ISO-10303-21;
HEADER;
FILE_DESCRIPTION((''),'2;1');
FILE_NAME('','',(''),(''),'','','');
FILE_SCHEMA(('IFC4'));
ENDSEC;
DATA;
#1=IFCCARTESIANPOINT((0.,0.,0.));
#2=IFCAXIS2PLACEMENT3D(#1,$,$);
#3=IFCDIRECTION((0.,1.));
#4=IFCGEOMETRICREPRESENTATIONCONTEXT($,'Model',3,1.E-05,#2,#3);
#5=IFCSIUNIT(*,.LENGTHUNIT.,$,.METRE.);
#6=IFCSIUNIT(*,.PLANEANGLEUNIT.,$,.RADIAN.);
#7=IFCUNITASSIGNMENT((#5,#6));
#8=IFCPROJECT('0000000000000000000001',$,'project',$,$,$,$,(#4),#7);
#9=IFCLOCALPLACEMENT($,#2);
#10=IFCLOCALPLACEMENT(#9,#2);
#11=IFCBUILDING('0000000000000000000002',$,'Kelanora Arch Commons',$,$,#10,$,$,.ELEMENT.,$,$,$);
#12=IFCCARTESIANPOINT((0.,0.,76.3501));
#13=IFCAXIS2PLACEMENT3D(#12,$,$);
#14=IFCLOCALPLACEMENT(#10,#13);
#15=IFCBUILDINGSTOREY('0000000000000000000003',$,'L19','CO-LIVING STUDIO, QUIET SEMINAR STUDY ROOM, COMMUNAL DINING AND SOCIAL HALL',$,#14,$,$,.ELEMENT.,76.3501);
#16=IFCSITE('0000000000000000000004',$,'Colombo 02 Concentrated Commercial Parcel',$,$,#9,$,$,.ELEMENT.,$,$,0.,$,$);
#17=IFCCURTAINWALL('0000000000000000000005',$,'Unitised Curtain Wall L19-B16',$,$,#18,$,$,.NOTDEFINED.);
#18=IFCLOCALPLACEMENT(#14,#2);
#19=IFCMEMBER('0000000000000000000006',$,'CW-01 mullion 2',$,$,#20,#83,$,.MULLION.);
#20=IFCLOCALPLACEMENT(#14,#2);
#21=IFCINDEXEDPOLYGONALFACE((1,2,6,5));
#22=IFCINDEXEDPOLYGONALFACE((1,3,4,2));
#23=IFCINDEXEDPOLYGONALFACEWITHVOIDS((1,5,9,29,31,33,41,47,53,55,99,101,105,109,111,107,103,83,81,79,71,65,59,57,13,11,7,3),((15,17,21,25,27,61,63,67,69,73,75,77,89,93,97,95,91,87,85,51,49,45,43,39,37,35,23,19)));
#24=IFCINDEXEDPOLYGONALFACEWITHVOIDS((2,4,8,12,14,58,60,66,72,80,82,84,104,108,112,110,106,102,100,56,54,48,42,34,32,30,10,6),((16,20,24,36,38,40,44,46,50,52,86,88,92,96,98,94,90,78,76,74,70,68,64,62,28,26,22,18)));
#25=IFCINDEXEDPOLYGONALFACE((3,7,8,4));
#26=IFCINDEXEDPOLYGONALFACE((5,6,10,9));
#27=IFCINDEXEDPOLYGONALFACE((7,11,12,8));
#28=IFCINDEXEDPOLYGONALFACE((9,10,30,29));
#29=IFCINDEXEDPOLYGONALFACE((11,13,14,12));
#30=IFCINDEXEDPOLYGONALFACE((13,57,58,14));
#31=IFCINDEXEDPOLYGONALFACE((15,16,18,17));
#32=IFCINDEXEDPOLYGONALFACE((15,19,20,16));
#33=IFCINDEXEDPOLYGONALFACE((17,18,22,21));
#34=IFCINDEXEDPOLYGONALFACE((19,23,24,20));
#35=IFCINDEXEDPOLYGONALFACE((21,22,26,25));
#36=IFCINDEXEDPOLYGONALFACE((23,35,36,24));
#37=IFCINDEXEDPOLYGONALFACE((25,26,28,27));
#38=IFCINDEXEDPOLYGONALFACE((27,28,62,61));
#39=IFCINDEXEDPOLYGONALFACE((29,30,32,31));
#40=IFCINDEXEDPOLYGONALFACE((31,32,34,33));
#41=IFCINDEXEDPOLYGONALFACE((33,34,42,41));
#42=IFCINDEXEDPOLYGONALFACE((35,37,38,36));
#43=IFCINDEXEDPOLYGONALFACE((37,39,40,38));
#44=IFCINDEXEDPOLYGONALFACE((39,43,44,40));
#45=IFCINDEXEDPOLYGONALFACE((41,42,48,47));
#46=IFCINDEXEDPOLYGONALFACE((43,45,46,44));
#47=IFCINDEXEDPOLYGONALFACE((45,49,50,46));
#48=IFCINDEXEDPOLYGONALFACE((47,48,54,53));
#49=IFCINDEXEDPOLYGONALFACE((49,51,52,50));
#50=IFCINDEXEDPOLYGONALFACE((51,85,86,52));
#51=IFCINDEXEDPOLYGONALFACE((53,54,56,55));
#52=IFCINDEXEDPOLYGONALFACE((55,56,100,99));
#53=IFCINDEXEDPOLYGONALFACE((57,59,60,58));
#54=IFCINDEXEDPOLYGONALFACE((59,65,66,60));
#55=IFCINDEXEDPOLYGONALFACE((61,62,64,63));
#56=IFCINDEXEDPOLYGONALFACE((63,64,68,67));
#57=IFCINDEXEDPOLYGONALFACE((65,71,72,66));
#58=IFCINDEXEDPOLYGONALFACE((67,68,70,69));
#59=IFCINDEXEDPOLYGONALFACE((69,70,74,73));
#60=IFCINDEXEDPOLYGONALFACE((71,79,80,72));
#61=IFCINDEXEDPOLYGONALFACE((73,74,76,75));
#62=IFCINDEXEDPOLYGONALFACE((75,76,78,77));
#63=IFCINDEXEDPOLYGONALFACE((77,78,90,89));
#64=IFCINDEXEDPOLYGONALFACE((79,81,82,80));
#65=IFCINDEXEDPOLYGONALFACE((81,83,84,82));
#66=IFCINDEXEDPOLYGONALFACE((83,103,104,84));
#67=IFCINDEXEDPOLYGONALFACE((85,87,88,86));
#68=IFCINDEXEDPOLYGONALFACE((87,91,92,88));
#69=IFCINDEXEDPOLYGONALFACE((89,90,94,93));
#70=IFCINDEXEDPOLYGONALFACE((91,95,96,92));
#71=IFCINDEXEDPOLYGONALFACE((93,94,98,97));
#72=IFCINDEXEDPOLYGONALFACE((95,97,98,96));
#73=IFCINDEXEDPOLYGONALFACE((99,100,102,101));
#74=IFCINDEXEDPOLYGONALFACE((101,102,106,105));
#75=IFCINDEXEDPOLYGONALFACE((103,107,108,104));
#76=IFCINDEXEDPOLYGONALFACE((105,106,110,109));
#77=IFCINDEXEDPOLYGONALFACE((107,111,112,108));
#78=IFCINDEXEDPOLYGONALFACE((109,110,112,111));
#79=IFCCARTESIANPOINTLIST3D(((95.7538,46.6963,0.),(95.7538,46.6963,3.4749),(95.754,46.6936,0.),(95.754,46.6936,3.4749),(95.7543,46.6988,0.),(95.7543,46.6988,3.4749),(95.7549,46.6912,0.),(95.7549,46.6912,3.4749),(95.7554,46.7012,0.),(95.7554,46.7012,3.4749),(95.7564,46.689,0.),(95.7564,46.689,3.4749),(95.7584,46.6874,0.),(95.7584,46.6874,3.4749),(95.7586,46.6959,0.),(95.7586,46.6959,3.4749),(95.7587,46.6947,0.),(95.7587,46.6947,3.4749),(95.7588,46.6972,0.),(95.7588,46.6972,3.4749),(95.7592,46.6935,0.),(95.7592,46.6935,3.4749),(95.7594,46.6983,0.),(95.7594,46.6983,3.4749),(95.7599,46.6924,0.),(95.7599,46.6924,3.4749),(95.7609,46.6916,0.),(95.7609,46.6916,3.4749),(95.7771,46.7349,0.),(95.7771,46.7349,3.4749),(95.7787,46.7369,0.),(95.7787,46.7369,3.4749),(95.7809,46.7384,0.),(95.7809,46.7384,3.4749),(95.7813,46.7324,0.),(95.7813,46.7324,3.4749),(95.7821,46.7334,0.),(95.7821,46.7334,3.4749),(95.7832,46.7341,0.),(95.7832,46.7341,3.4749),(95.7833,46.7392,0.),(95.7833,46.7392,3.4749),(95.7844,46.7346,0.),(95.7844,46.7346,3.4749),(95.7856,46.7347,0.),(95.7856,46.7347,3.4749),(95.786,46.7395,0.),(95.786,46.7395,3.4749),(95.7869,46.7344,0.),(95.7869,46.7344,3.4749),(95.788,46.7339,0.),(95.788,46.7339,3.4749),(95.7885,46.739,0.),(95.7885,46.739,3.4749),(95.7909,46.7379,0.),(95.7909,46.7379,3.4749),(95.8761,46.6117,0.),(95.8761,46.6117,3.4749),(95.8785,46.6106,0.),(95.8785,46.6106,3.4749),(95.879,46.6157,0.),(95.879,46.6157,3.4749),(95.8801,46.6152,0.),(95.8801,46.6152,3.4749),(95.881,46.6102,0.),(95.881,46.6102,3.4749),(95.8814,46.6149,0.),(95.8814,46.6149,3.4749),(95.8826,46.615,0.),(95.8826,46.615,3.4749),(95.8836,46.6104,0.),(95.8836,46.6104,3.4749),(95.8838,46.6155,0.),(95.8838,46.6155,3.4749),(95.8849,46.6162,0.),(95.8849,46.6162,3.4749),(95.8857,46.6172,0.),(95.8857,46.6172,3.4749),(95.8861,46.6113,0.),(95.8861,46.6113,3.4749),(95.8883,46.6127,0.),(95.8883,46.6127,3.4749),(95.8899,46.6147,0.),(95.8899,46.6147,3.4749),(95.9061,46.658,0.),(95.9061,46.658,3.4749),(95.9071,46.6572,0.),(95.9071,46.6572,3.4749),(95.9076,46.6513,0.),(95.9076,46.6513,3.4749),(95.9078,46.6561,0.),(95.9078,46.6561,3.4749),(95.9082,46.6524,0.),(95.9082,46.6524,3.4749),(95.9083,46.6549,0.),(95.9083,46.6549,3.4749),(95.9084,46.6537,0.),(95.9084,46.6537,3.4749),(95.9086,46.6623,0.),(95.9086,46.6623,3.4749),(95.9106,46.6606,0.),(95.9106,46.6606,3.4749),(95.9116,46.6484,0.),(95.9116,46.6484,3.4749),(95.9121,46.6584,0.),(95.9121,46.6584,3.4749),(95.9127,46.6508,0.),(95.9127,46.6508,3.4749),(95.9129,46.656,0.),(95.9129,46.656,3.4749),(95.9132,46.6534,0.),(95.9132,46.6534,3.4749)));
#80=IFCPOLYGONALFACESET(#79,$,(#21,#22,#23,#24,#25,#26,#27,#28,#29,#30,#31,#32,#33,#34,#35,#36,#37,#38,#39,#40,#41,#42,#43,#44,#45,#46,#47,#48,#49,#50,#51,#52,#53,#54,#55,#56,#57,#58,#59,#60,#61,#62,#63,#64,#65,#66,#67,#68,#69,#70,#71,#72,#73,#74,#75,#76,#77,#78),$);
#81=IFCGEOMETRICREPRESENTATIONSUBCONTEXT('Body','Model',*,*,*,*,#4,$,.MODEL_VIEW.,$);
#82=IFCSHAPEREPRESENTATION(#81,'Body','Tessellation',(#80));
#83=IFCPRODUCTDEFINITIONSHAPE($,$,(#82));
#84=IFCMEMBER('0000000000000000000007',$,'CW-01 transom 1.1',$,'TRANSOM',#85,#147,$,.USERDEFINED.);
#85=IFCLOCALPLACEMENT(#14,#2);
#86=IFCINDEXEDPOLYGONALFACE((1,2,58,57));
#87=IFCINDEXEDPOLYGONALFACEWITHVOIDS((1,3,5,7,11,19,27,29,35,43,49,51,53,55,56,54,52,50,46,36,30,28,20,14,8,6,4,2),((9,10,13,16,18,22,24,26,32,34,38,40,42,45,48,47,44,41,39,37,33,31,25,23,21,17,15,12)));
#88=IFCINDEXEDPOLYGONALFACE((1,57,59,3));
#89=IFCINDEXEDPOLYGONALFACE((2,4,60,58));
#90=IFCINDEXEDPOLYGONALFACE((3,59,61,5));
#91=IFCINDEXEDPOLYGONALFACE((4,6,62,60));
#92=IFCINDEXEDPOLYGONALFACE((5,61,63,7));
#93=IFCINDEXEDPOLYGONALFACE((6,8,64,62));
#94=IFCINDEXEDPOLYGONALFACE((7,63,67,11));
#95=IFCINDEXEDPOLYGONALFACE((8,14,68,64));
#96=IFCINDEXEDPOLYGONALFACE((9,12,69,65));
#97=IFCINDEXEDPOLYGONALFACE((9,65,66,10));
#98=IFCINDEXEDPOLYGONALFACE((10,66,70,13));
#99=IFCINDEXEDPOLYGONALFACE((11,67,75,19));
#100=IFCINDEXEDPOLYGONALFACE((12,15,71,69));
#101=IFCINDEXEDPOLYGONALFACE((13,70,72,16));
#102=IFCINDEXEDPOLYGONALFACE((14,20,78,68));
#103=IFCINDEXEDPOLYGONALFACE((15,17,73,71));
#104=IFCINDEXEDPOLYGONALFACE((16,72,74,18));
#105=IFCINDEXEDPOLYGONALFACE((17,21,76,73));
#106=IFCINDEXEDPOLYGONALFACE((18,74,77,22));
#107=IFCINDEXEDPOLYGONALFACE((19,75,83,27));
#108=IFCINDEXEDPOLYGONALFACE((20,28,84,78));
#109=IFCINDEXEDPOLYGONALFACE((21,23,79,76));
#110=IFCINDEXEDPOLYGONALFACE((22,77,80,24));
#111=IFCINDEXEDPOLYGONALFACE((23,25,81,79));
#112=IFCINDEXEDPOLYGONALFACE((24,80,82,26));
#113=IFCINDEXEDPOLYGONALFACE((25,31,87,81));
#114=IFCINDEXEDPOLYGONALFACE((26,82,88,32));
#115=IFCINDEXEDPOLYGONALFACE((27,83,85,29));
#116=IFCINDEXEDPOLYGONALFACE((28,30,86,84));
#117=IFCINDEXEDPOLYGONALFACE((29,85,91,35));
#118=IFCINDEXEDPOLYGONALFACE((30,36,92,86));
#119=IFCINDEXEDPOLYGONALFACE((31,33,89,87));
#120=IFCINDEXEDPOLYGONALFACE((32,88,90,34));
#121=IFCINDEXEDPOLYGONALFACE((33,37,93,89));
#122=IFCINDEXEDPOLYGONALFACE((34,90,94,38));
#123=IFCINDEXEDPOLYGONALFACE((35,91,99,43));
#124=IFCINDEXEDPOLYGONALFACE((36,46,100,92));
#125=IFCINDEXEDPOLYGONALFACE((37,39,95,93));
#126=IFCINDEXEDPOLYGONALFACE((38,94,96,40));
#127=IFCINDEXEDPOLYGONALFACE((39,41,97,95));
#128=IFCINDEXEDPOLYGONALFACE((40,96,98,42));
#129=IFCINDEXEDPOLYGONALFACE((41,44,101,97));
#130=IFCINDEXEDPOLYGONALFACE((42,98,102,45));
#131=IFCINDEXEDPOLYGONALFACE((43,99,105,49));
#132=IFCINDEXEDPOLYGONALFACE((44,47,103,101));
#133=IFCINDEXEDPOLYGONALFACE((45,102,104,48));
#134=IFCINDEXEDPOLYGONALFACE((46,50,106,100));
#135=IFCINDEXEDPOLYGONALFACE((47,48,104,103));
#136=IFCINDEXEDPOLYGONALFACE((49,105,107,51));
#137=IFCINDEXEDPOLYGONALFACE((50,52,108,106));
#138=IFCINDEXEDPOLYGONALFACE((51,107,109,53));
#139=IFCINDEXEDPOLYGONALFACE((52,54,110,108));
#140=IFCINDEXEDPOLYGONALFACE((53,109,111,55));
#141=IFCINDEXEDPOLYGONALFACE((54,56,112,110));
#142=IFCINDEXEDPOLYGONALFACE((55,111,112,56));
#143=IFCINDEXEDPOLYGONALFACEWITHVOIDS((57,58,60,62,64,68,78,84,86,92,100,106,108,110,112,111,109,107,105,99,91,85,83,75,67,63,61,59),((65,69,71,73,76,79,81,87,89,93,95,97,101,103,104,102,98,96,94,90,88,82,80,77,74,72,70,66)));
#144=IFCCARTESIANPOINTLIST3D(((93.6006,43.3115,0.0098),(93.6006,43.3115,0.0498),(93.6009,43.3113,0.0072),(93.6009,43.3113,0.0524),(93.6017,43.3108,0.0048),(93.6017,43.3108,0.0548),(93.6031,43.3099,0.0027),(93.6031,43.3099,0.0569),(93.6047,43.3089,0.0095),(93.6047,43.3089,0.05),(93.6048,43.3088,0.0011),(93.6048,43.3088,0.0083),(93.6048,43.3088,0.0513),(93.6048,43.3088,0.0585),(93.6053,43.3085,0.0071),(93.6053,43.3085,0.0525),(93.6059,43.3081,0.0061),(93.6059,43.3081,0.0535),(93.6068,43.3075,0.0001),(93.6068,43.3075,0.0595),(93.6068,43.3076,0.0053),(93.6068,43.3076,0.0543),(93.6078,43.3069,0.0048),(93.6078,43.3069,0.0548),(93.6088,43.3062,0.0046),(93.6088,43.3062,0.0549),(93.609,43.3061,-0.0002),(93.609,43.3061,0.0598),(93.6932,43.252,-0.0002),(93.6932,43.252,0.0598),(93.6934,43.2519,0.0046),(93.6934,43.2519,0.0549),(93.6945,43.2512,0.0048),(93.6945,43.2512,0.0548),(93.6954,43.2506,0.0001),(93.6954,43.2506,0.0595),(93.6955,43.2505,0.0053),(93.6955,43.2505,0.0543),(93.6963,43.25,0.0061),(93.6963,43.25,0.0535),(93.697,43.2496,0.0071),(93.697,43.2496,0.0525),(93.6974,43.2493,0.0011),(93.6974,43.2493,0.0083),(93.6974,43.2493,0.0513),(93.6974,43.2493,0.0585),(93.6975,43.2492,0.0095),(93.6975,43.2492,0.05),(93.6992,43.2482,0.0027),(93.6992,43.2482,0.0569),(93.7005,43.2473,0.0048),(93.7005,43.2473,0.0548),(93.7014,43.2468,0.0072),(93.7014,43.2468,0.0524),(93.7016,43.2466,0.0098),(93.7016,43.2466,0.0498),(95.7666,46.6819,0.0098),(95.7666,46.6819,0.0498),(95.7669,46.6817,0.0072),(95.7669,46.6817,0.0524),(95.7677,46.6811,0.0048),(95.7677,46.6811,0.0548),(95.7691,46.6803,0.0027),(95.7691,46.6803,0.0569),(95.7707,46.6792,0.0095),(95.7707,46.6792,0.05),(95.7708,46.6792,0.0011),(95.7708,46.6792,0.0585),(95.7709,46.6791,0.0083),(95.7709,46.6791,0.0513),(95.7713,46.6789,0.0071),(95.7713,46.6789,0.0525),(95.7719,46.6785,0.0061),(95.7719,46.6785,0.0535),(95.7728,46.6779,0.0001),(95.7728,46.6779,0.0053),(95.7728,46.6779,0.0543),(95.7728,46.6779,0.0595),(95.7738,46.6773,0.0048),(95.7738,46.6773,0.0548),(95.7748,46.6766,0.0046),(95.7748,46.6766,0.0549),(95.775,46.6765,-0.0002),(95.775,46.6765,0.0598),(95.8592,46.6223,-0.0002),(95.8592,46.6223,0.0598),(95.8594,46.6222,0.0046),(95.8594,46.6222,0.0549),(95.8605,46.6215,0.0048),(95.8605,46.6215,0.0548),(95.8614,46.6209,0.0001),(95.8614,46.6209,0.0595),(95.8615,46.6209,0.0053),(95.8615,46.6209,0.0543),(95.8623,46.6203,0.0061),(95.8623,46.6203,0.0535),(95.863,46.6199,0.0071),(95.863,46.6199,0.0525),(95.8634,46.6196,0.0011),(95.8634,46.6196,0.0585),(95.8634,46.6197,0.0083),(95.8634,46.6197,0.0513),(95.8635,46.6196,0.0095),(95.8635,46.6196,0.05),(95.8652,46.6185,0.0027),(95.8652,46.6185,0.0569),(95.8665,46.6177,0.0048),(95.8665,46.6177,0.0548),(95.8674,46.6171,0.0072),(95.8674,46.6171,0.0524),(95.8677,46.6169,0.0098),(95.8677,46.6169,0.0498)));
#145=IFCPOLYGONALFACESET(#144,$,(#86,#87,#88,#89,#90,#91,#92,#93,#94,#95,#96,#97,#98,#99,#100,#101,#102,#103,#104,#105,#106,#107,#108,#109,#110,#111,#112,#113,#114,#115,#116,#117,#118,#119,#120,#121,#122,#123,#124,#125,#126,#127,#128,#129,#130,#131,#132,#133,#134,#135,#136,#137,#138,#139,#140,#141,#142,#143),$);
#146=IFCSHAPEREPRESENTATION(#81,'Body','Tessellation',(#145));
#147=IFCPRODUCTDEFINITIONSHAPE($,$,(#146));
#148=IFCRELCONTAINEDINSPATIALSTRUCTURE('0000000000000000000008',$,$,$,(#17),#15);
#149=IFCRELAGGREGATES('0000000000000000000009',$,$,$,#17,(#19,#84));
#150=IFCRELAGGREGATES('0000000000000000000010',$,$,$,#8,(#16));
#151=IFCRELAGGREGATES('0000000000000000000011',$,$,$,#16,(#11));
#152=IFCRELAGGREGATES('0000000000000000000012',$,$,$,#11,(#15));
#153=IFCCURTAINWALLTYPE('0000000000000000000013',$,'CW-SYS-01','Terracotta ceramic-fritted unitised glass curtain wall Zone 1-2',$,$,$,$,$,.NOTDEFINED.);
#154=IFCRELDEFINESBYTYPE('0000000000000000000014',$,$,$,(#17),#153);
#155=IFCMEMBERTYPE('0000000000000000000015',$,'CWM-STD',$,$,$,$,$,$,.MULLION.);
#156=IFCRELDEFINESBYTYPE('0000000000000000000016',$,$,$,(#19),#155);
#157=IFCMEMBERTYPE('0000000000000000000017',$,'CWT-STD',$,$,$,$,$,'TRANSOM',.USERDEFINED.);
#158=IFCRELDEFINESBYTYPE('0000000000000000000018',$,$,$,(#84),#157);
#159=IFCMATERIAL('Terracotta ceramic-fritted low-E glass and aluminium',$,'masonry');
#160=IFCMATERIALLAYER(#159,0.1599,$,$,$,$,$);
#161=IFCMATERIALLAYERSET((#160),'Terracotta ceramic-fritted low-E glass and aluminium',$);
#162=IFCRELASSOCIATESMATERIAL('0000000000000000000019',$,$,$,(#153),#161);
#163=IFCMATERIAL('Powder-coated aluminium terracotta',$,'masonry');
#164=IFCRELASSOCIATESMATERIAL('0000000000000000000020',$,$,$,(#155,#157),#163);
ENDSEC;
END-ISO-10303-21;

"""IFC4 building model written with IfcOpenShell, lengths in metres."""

from ifc_helpers import new_model, si_unit, direction, frame, origin, origin_2d, place, context, subcontext, project, spatial, hollow_rectangle, extrude, material, layer, layer_set, material_profile, profile_set, type_object, element, aggregate, save


model = new_model("IFC4")

# Units and contexts
model_context = context("Model", 3, precision=1e-05, world=origin(), true_north=direction((0.0, 1.0)))
body_context = subcontext(model_context, "Body", "Model", "MODEL_VIEW")
ifc_project = project(units=[si_unit("LENGTHUNIT", "METRE"), si_unit("PLANEANGLEUNIT", "RADIAN")], contexts=[model_context])

# Site, building, storey
site_placement = place(None, origin())
site = spatial("IfcSite", under=ifc_project, at=site_placement, Name="Colombo 02 Concentrated Commercial Parcel", CompositionType="ELEMENT", RefElevation=0.0)
building_placement = place(site_placement, origin())
building = spatial("IfcBuilding", under=site, at=building_placement, Name="Kelanora Arch Commons", CompositionType="ELEMENT")
storey_placement = place(building_placement, frame((0.0, 0.0, 76.3501)))
storey = spatial("IfcBuildingStorey", under=building, at=storey_placement, Name="L19", Description="CO-LIVING STUDIO, QUIET SEMINAR STUDY ROOM, COMMUNAL DINING AND SOCIAL HALL", CompositionType="ELEMENT", Elevation=76.3501)

# Shared definitions
ifc_material_1 = material(Name="Terracotta ceramic-fritted low-E glass and aluminium", Category="masonry")
ifc_layer_1 = layer(ifc_material_1, 0.1599)
ifc_layer_set_1 = layer_set([ifc_layer_1], Name="Terracotta ceramic-fritted low-E glass and aluminium")
curtain_wall_type = type_object("IfcCurtainWallType", Name="CW-SYS-01", Description="Terracotta ceramic-fritted unitised glass curtain wall Zone 1-2", PredefinedType="NOTDEFINED", material=ifc_layer_set_1)
ifc_material_2 = material(Name="Powder-coated aluminium terracotta", Category="masonry")
ifc_material_profile_1 = material_profile(ifc_material_2, hollow_rectangle(XDim=0.1599, YDim=0.0601, WallThickness=0.0049, InnerFilletRadius=0.0049, OuterFilletRadius=0.01, at=origin_2d()), Name="CWM160x60")
ifc_profile_set_1 = profile_set([ifc_material_profile_1], Name="Powder-coated aluminium terracotta")
member_type_1 = type_object("IfcMemberType", Name="CWM-STD", PredefinedType="MULLION", material=ifc_profile_set_1)

# Curtain wall, members
curtain_wall_1_placement = place(storey_placement, origin())
curtain_wall_1 = element("IfcCurtainWall", 1, at=curtain_wall_1_placement, inside=storey, type_object=curtain_wall_type, Name="Unitised Curtain Wall L19-B16", PredefinedType="NOTDEFINED")
member_1_placement = place(storey_placement, frame((95.8335, 46.6748, 0.0), z_axis=(0.0, 0.0, 1.0), x_axis=(-0.841269, 0.540617, 0.0)))
member_1 = element("IfcMember", 2, at=member_1_placement, type_object=member_type_1, Name="CW-01 mullion 2", PredefinedType="MULLION", context=body_context, shape_type="SweptSolid", body=[
    extrude(hollow_rectangle(XDim=0.1599, YDim=0.0601, WallThickness=0.0049, InnerFilletRadius=0.0049, OuterFilletRadius=0.01, at=origin_2d()), origin(), (0.0, 0.0, 1.0), 3.4749),
])
ifc_material_profile_2 = material_profile(ifc_material_2, hollow_rectangle(XDim=0.1201, YDim=0.0601, WallThickness=0.0049, InnerFilletRadius=0.0049, OuterFilletRadius=0.01, at=origin_2d()), Name="CWT120x60")
ifc_profile_set_2 = profile_set([ifc_material_profile_2], Name="Powder-coated aluminium terracotta")
member_type_2 = type_object("IfcMemberType", Name="CWT-STD", ElementType="TRANSOM", PredefinedType="USERDEFINED", material=ifc_profile_set_2)
member_2_placement = place(storey_placement, frame((93.6511, 43.2791, 0.0298), z_axis=(0.540644, 0.841252, 0.0), x_axis=(-0.841252, 0.540644, 0.0)))
member_2 = element("IfcMember", 3, at=member_2_placement, type_object=member_type_2, Name="CW-01 transom 1.1", ObjectType="TRANSOM", PredefinedType="USERDEFINED", context=body_context, shape_type="SweptSolid", body=[
    extrude(hollow_rectangle(XDim=0.1201, YDim=0.0601, WallThickness=0.0049, InnerFilletRadius=0.0049, OuterFilletRadius=0.01, at=origin_2d()), origin(), (0.0, 0.0, 1.0), 4.0063),
])
aggregate(curtain_wall_1, [member_1, member_2])

save(model, "model.ifc")
